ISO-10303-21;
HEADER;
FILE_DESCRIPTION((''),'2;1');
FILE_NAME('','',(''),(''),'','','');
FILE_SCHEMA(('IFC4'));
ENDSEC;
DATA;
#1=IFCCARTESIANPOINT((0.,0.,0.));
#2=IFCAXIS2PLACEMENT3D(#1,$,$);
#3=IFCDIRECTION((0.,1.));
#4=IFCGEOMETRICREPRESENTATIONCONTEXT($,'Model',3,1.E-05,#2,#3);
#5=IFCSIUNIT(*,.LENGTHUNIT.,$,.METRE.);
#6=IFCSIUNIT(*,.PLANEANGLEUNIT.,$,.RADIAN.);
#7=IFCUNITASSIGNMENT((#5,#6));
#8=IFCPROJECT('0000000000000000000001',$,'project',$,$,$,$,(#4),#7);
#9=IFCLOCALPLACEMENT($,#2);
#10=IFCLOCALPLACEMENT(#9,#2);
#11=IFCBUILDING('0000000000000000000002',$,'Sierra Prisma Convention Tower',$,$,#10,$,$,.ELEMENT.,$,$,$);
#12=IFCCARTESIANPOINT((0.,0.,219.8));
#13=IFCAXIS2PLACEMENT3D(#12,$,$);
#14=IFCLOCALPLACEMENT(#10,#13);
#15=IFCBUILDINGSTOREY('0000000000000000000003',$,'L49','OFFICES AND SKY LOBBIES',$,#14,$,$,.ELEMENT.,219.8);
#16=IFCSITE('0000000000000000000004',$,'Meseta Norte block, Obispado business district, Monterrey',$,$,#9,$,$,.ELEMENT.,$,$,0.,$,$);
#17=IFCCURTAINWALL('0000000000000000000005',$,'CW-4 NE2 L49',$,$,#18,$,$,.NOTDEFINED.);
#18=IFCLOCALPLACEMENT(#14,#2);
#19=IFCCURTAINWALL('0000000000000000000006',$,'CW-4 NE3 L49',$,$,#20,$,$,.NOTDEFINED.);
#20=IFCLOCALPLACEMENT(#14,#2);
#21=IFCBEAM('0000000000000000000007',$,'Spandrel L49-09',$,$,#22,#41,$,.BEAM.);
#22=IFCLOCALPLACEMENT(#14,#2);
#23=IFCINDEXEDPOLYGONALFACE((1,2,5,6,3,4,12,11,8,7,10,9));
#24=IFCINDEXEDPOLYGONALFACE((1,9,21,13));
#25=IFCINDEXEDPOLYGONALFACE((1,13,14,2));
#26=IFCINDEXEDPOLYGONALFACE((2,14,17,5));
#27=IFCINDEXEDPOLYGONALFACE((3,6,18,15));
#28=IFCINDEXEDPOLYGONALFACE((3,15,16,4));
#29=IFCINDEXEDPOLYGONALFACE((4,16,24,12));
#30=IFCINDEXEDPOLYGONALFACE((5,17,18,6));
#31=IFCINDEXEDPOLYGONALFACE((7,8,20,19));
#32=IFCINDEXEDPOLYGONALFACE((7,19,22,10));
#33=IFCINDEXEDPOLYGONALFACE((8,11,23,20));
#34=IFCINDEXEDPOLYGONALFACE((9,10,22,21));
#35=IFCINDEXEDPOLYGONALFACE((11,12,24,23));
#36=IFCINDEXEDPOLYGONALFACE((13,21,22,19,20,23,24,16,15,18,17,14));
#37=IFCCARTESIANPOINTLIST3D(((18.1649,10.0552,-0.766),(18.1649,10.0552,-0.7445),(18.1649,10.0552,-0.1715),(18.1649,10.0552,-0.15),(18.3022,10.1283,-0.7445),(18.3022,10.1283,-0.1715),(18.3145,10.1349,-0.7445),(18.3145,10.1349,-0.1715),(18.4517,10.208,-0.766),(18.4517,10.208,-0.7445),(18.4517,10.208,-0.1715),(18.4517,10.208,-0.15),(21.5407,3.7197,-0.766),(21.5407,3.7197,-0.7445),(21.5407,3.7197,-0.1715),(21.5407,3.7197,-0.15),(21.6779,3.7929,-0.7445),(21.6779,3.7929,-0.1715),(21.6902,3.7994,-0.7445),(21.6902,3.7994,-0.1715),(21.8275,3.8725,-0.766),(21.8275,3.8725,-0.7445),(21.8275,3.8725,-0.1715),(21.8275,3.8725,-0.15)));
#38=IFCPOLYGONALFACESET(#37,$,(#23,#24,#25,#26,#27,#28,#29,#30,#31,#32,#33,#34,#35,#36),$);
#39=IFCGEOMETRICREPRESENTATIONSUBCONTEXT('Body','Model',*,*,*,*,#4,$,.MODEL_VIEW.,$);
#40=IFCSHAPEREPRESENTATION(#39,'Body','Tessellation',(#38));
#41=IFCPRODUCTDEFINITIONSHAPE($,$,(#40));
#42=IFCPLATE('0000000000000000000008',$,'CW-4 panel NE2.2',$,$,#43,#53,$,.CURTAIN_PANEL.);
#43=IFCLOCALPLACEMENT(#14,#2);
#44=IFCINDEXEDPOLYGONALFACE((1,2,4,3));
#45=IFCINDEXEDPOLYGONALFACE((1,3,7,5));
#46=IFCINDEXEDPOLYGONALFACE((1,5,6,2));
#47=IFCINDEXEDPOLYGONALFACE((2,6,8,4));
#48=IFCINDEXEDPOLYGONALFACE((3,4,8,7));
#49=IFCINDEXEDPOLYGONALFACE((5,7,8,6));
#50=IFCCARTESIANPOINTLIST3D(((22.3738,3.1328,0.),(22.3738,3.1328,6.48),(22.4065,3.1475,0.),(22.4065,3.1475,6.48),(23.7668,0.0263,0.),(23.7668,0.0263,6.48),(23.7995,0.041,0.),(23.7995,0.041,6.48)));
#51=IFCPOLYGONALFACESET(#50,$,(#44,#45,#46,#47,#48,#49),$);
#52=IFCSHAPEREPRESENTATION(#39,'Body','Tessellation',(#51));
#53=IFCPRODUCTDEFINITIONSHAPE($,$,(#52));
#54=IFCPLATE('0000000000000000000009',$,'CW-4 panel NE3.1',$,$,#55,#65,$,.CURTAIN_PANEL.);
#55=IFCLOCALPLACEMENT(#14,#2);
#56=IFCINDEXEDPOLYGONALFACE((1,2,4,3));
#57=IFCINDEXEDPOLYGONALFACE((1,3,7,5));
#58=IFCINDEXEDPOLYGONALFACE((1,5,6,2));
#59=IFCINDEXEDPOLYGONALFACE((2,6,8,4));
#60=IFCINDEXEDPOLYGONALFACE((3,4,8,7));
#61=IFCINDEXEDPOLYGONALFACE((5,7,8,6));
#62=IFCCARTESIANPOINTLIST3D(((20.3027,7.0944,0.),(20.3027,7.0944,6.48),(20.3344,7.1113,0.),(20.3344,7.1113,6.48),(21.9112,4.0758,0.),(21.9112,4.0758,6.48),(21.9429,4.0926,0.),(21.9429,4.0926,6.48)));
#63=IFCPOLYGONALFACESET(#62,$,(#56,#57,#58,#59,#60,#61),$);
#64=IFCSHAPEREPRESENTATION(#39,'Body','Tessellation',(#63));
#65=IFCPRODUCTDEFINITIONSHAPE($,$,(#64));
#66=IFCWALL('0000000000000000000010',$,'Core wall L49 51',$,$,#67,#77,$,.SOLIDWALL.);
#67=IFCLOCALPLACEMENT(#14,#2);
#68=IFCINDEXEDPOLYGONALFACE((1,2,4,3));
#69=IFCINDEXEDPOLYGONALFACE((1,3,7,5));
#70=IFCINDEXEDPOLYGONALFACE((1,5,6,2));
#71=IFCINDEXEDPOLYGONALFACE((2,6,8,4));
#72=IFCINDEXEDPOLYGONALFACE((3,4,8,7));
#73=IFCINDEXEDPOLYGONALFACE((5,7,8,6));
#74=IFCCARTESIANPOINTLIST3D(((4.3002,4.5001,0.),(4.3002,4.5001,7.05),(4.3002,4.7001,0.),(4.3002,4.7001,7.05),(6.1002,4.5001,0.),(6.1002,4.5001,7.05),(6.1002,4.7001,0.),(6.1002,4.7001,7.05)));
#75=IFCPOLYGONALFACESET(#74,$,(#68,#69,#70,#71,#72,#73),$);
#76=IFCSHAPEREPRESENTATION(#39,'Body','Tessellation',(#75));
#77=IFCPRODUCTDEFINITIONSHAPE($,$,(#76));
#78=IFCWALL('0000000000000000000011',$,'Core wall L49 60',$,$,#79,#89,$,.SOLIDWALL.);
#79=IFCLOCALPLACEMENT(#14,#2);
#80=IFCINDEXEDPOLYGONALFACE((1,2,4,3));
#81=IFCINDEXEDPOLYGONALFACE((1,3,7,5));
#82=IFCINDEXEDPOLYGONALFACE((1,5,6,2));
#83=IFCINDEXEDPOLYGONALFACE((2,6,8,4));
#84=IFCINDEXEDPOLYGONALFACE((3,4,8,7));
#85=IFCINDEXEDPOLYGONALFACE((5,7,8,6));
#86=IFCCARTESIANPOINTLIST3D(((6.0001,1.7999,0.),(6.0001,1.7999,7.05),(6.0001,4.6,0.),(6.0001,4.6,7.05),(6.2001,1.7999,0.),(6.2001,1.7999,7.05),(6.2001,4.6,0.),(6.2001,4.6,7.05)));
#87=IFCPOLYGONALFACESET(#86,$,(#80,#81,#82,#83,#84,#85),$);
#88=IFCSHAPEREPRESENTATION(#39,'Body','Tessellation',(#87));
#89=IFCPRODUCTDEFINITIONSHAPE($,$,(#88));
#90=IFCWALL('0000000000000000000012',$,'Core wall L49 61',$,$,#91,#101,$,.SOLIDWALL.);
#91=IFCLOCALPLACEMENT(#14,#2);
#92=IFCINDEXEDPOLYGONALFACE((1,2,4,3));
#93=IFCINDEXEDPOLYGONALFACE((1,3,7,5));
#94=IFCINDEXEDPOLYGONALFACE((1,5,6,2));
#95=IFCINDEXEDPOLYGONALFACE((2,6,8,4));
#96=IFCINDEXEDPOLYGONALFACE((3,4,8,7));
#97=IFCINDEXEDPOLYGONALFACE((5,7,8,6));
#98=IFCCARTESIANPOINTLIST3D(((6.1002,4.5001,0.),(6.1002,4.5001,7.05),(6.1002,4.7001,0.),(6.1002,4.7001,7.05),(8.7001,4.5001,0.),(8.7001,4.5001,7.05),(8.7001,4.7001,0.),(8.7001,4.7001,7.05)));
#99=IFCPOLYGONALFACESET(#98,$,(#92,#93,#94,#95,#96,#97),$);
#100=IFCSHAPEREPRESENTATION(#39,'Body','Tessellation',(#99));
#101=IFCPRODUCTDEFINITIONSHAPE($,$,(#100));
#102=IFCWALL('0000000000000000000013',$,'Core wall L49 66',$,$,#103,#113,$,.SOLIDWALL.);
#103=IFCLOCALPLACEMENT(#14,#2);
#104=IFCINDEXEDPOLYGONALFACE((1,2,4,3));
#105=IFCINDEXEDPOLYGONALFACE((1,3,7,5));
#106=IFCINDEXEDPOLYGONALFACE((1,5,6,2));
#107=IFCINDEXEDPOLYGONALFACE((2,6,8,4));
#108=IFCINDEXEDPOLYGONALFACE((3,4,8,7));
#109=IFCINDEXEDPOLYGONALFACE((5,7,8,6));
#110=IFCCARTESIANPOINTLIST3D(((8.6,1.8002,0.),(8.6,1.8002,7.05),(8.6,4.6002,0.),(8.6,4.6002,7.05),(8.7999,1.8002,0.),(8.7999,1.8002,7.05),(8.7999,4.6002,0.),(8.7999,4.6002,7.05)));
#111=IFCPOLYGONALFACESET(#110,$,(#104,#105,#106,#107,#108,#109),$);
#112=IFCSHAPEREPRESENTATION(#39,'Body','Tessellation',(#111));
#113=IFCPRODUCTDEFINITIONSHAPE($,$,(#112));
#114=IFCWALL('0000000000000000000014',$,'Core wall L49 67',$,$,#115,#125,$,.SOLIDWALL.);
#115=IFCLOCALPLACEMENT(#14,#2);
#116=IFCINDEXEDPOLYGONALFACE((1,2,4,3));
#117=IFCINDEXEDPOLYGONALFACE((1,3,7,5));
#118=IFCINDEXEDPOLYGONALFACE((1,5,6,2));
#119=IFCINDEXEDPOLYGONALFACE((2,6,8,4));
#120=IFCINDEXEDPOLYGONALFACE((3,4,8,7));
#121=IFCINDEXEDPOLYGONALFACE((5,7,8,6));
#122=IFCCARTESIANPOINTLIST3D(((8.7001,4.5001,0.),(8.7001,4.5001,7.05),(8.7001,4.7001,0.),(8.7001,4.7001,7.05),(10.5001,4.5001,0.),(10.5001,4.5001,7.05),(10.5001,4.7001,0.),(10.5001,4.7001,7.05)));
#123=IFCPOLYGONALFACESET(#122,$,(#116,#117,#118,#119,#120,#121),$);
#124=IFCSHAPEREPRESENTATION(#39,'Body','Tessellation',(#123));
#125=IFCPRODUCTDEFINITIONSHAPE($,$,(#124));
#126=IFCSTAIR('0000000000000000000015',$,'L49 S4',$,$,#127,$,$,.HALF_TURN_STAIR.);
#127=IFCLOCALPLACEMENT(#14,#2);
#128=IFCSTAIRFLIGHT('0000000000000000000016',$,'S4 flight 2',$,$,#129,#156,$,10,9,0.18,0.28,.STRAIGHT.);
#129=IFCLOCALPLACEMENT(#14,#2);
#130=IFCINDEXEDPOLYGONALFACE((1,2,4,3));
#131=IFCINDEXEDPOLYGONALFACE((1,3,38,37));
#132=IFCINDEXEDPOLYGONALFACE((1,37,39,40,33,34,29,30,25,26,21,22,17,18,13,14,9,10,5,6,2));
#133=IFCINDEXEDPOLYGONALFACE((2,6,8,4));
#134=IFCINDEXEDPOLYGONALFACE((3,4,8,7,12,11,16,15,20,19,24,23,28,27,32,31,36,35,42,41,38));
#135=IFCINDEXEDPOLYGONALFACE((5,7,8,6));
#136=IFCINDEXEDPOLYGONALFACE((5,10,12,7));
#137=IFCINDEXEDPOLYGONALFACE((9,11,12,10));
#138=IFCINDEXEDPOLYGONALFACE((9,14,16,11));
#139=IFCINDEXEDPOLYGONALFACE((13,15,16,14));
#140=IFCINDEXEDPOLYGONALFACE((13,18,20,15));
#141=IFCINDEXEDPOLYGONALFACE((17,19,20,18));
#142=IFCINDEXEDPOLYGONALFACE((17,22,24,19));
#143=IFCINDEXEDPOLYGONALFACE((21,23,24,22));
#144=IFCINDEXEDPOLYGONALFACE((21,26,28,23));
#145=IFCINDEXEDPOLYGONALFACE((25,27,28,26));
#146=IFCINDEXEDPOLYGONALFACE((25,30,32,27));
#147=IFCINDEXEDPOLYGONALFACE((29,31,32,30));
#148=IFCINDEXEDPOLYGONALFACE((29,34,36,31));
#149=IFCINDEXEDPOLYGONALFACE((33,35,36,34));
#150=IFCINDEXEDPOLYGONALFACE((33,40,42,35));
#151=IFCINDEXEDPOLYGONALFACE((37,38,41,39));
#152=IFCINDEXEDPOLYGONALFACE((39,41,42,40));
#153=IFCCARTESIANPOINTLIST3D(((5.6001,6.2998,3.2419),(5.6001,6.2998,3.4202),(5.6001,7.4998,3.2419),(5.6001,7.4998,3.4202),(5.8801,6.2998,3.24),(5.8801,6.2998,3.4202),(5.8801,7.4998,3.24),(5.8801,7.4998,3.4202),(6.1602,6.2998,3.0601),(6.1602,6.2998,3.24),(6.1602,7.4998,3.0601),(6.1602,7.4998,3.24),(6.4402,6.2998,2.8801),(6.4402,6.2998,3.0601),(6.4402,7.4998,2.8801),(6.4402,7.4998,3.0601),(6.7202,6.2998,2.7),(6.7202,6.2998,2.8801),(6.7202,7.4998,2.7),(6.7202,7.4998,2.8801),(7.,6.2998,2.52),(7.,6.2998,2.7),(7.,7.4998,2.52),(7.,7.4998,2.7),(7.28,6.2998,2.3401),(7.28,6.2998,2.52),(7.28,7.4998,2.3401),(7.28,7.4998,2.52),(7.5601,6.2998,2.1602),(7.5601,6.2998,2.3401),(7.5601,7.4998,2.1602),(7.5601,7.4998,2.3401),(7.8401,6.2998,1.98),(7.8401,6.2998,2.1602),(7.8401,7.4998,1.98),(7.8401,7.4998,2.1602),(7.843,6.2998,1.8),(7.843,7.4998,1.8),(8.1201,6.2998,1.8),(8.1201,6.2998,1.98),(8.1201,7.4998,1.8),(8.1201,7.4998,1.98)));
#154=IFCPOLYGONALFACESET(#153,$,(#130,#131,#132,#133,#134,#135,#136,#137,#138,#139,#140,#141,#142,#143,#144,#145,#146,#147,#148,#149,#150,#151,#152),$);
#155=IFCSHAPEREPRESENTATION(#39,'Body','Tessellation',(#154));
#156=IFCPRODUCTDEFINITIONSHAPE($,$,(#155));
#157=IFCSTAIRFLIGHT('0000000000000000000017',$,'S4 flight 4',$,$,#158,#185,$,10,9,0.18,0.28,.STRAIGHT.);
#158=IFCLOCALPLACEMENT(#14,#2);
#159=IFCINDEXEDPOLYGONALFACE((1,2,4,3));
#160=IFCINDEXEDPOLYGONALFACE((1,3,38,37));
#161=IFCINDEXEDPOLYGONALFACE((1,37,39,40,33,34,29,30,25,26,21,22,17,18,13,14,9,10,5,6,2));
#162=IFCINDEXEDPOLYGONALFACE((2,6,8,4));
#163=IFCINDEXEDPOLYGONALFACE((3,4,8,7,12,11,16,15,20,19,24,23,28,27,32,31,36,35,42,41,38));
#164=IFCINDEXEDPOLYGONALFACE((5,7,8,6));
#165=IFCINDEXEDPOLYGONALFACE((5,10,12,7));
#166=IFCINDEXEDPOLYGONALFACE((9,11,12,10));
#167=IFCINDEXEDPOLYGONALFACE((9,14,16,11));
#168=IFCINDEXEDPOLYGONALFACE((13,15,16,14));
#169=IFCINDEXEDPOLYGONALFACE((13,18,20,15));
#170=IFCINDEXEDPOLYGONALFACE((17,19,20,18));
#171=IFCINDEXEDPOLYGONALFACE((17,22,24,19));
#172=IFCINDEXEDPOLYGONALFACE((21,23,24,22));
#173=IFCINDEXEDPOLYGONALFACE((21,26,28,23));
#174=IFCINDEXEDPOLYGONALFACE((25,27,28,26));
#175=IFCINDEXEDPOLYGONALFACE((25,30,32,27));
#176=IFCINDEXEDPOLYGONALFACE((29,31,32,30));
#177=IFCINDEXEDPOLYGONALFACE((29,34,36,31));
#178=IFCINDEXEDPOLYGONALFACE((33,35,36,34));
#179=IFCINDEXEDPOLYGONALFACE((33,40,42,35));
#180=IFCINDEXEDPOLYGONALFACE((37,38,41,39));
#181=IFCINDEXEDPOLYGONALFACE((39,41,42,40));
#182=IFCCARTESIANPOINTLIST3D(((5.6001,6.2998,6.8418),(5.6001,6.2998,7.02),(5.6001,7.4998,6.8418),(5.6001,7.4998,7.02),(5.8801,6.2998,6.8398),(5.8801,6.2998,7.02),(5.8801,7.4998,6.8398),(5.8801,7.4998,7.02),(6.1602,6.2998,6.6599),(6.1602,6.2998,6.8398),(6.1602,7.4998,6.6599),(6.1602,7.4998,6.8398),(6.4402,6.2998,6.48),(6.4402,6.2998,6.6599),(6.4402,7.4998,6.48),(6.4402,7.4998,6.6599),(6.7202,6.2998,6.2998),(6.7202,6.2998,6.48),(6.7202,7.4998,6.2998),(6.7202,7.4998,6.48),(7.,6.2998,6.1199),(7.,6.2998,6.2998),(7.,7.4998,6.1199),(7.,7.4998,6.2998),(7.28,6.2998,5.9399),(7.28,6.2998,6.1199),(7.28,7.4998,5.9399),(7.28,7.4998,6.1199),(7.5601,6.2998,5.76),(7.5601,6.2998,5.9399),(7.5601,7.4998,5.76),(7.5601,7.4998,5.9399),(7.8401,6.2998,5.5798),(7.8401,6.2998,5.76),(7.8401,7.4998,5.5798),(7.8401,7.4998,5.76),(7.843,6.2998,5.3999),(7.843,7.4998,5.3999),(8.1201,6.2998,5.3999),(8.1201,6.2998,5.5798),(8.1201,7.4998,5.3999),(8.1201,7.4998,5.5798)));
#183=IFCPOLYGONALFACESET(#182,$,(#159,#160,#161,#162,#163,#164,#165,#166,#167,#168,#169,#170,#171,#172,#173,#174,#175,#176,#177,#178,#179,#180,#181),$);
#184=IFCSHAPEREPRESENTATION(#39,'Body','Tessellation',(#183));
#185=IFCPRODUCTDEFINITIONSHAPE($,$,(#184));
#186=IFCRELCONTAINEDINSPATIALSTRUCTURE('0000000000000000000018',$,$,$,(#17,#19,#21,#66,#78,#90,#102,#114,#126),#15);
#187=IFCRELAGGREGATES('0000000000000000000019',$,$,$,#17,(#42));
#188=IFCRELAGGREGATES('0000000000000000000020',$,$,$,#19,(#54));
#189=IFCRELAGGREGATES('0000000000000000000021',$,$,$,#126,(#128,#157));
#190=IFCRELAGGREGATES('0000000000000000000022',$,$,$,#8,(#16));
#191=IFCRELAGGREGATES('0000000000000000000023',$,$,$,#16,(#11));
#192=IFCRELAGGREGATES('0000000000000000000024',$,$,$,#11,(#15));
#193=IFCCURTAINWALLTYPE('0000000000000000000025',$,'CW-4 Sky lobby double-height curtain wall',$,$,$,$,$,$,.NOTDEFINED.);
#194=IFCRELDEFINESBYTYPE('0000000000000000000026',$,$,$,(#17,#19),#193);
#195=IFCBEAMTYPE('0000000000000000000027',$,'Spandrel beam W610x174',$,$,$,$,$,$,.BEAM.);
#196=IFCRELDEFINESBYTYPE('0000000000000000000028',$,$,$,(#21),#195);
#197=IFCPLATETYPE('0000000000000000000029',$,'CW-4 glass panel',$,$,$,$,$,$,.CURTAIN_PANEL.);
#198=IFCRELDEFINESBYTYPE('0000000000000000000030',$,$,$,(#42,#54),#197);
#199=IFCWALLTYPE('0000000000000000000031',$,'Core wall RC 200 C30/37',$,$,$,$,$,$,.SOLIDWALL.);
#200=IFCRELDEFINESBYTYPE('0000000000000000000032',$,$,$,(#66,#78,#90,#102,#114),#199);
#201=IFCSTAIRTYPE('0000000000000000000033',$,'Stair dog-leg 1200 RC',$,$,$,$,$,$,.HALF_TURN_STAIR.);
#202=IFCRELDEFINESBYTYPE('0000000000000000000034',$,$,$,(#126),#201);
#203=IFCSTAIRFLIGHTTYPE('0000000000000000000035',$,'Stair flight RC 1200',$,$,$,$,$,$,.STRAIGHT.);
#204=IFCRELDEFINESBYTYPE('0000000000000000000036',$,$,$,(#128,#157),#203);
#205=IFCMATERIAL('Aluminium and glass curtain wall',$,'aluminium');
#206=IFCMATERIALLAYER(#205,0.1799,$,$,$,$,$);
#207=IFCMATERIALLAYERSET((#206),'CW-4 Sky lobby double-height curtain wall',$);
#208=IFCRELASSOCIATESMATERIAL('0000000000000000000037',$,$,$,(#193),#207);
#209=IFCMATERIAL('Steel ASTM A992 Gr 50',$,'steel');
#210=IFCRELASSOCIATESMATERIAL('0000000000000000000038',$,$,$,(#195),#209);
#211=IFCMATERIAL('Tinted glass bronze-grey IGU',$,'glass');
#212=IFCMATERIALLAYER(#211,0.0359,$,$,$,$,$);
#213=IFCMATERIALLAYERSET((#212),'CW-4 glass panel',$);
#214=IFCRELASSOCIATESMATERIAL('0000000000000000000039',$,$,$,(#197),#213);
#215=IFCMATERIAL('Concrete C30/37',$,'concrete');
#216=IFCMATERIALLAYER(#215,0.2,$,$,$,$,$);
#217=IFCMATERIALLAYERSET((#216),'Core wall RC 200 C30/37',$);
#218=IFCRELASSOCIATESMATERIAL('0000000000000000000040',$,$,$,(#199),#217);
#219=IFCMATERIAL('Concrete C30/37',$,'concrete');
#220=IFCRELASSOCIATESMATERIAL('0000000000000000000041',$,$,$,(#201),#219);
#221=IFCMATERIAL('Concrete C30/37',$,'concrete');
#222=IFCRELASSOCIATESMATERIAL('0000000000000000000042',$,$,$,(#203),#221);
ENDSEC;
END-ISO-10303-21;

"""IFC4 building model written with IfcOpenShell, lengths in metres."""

from ifc_helpers import new_model, si_unit, direction, frame, frame_2d, origin, origin_2d, place, context, subcontext, project, spatial, polyline, rectangle, i_section, outline, extrude, material, layer, layer_set, material_profile, profile_set, type_object, element, aggregate, save


model = new_model("IFC4")

# Units and contexts
model_context = context("Model", 3, precision=1e-05, world=origin(), true_north=direction((0.0, 1.0)))
body_context = subcontext(model_context, "Body", "Model", "MODEL_VIEW")
ifc_project = project(units=[si_unit("LENGTHUNIT", "METRE"), si_unit("PLANEANGLEUNIT", "RADIAN")], contexts=[model_context])

# Site, building, storey
site_placement = place(None, origin())
site = spatial("IfcSite", under=ifc_project, at=site_placement, Name="Meseta Norte block, Obispado business district, Monterrey", CompositionType="ELEMENT", RefElevation=0.0)
building_placement = place(site_placement, origin())
building = spatial("IfcBuilding", under=site, at=building_placement, Name="Sierra Prisma Convention Tower", CompositionType="ELEMENT")
storey_placement = place(building_placement, frame((0.0, 0.0, 219.8)))
storey = spatial("IfcBuildingStorey", under=building, at=storey_placement, Name="L49", Description="OFFICES AND SKY LOBBIES", CompositionType="ELEMENT", Elevation=219.8)

# Curtain wall
ifc_material_1 = material(Name="Aluminium and glass curtain wall", Category="aluminium")
ifc_layer_1 = layer(ifc_material_1, 0.1799)
ifc_layer_set_1 = layer_set([ifc_layer_1], Name="CW-4 Sky lobby double-height curtain wall")
curtain_wall_type = type_object("IfcCurtainWallType", Name="CW-4 Sky lobby double-height curtain wall", PredefinedType="NOTDEFINED", material=ifc_layer_set_1)
curtain_wall_1_placement = place(storey_placement, origin())
curtain_wall_1 = element("IfcCurtainWall", 1, at=curtain_wall_1_placement, inside=storey, type_object=curtain_wall_type, Name="CW-4 NE2 L49", PredefinedType="NOTDEFINED")

# Curtain wall
curtain_wall_2_placement = place(storey_placement, origin())
curtain_wall_2 = element("IfcCurtainWall", 2, at=curtain_wall_2_placement, inside=storey, type_object=curtain_wall_type, Name="CW-4 NE3 L49", PredefinedType="NOTDEFINED")

# Beam
ifc_material_2 = material(Name="Steel ASTM A992 Gr 50", Category="steel")
ifc_material_profile_1 = material_profile(ifc_material_2, i_section(OverallWidth=0.325, OverallDepth=0.616, WebThickness=0.0139, FlangeThickness=0.0215, at=origin_2d()), Name="W610x174")
ifc_profile_set_1 = profile_set([ifc_material_profile_1], Name="Steel ASTM A992 Gr 50")
beam_type_1 = type_object("IfcBeamType", Name="Spandrel beam W610x174", PredefinedType="BEAM", material=ifc_profile_set_1)
beam_1_placement = place(storey_placement, frame((21.6841, 3.7961, -0.458), z_axis=(-0.470244, 0.882536, 0.0), x_axis=(-0.882536, -0.470244, 0.0)))
element("IfcBeam", 3, at=beam_1_placement, inside=storey, type_object=beam_type_1, Name="Spandrel L49-09", PredefinedType="BEAM", context=body_context, shape_type="SweptSolid", body=[
    extrude(i_section(OverallWidth=0.325, OverallDepth=0.616, WebThickness=0.0139, FlangeThickness=0.0215, at=origin_2d()), origin(), (0.0, 0.0, 1.0), 7.1787),
])

# Plates
ifc_material_3 = material(Name="Tinted glass bronze-grey IGU", Category="glass")
ifc_layer_2 = layer(ifc_material_3, 0.0359)
ifc_layer_set_2 = layer_set([ifc_layer_2], Name="CW-4 glass panel")
plate_type = type_object("IfcPlateType", Name="CW-4 glass panel", PredefinedType="CURTAIN_PANEL", material=ifc_layer_set_2)
plate_1_placement = place(storey_placement, frame((23.0867, 1.5869, 0.0), z_axis=(0.0, 0.0, 1.0), x_axis=(-0.409156, 0.912465, 0.0)))
plate_1 = element("IfcPlate", 4, at=plate_1_placement, type_object=plate_type, Name="CW-4 panel NE2.2", PredefinedType="CURTAIN_PANEL", context=body_context, shape_type="SweptSolid", body=[
    extrude(rectangle(XDim=3.4045, YDim=0.0359, at=origin_2d()), origin(), (0.0, 0.0, 1.0), 6.48),
])
aggregate(curtain_wall_1, [plate_1])
plate_2_placement = place(storey_placement, frame((21.1228, 5.5935, 0.0), z_axis=(0.0, 0.0, 1.0), x_axis=(-0.470251, 0.882533, 0.0)))
plate_2 = element("IfcPlate", 5, at=plate_2_placement, type_object=plate_type, Name="CW-4 panel NE3.1", PredefinedType="CURTAIN_PANEL", context=body_context, shape_type="SweptSolid", body=[
    extrude(rectangle(XDim=3.4204, YDim=0.0359, at=origin_2d()), origin(), (0.0, 0.0, 1.0), 6.48),
])
aggregate(curtain_wall_2, [plate_2])

# Wall
ifc_material_4 = material(Name="Concrete C30/37", Category="concrete")
ifc_layer_3 = layer(ifc_material_4, 0.2)
ifc_layer_set_3 = layer_set([ifc_layer_3], Name="Core wall RC 200 C30/37")
wall_type = type_object("IfcWallType", Name="Core wall RC 200 C30/37", PredefinedType="SOLIDWALL", material=ifc_layer_set_3)
wall_1_placement = place(storey_placement, frame((6.1001, 4.6001, 0.0), z_axis=(0.0, 0.0, 1.0), x_axis=(-1.0, 0.0, 0.0)))
element("IfcWall", 6, at=wall_1_placement, inside=storey, type_object=wall_type, Name="Core wall L49 51", PredefinedType="SOLIDWALL", context=body_context, shape_type="SweptSolid", body=[
    extrude(rectangle(XDim=1.8, YDim=0.2, at=frame_2d((0.8999, 0.0))), origin(), (0.0, 0.0, 1.0), 7.05),
])

# Walls
wall_2_placement = place(storey_placement, frame((6.1001, 1.8, 0.0), z_axis=(0.0, 0.0, 1.0), x_axis=(0.0, 1.0, 0.0)))
element("IfcWall", 7, at=wall_2_placement, inside=storey, type_object=wall_type, Name="Core wall L49 60", PredefinedType="SOLIDWALL", context=body_context, shape_type="SweptSolid", body=[
    extrude(rectangle(XDim=2.8, YDim=0.2, at=frame_2d((1.3999, 0.0))), origin(), (0.0, 0.0, 1.0), 7.05),
])
wall_3_placement = place(storey_placement, frame((8.7, 4.6001, 0.0), z_axis=(0.0, 0.0, 1.0), x_axis=(-1.0, 0.0, 0.0)))
element("IfcWall", 8, at=wall_3_placement, inside=storey, type_object=wall_type, Name="Core wall L49 61", PredefinedType="SOLIDWALL", context=body_context, shape_type="SweptSolid", body=[
    extrude(rectangle(XDim=2.5999, YDim=0.2, at=frame_2d((1.2998, 0.0))), origin(), (0.0, 0.0, 1.0), 7.05),
])

# Walls
wall_4_placement = place(storey_placement, frame((8.7, 4.6001, 0.0), z_axis=(0.0, 0.0, 1.0), x_axis=(0.0, -1.0, 0.0)))
element("IfcWall", 9, at=wall_4_placement, inside=storey, type_object=wall_type, Name="Core wall L49 66", PredefinedType="SOLIDWALL", context=body_context, shape_type="SweptSolid", body=[
    extrude(rectangle(XDim=2.8, YDim=0.2, at=frame_2d((1.3999, 0.0))), origin(), (0.0, 0.0, 1.0), 7.05),
])
wall_5_placement = place(storey_placement, frame((10.5, 4.6001, 0.0), z_axis=(0.0, 0.0, 1.0), x_axis=(-1.0, 0.0, 0.0)))
element("IfcWall", 10, at=wall_5_placement, inside=storey, type_object=wall_type, Name="Core wall L49 67", PredefinedType="SOLIDWALL", context=body_context, shape_type="SweptSolid", body=[
    extrude(rectangle(XDim=1.8, YDim=0.2, at=frame_2d((0.8999, 0.0))), origin(), (0.0, 0.0, 1.0), 7.05),
])

# Stair, stair flights
ifc_material_5 = material(Name="Concrete C30/37", Category="concrete")
stair_type = type_object("IfcStairType", Name="Stair dog-leg 1200 RC", PredefinedType="HALF_TURN_STAIR", material=ifc_material_5)
stair_placement = place(storey_placement, origin())
stair = element("IfcStair", 11, at=stair_placement, inside=storey, type_object=stair_type, Name="L49 S4", PredefinedType="HALF_TURN_STAIR")
ifc_material_6 = material(Name="Concrete C30/37", Category="concrete")
stair_flight_type = type_object("IfcStairFlightType", Name="Stair flight RC 1200", PredefinedType="STRAIGHT", material=ifc_material_6)
stair_flight_1_placement = place(storey_placement, frame((8.1201, 6.8999, 1.8), z_axis=(0.0, 0.0, 1.0), x_axis=(-1.0, 0.0, 0.0)))
stair_flight_1 = element("IfcStairFlight", 12, at=stair_flight_1_placement, type_object=stair_flight_type, Name="S4 flight 2", NumberOfRisers=10, NumberOfTreads=9, PredefinedType="STRAIGHT", RiserHeight=0.18, TreadLength=0.28, context=body_context, shape_type="SweptSolid", body=[
    extrude(outline(polyline([(0.0, 0.0), (0.0, 0.1799), (0.28, 0.1799), (0.28, 0.3601), (0.5601, 0.3601), (0.5601, 0.54), (0.8401, 0.54), (0.8401, 0.72), (1.1201, 0.72), (1.1201, 0.8999), (1.3999, 0.8999), (1.3999, 1.0801), (1.6799, 1.0801), (1.6799, 1.26), (1.96, 1.26), (1.96, 1.4399), (2.24, 1.4399), (2.24, 1.6201), (2.52, 1.6201), (2.52, 1.8), (2.52, 1.4419), (0.2771, 0.0), (0.0, 0.0)])), frame((0.0, 0.6001, 0.0), z_axis=(0.0, -1.0, 0.0), x_axis=(1.0, 0.0, 0.0)), (0.0, 0.0, 1.0), 1.2),
])
stair_flight_2_placement = place(storey_placement, frame((8.1201, 6.8999, 5.3999), z_axis=(0.0, 0.0, 1.0), x_axis=(-1.0, 0.0, 0.0)))
stair_flight_2 = element("IfcStairFlight", 13, at=stair_flight_2_placement, type_object=stair_flight_type, Name="S4 flight 4", NumberOfRisers=10, NumberOfTreads=9, PredefinedType="STRAIGHT", RiserHeight=0.18, TreadLength=0.28, context=body_context, shape_type="SweptSolid", body=[
    extrude(outline(polyline([(0.0, 0.0), (0.0, 0.1799), (0.28, 0.1799), (0.28, 0.3601), (0.5601, 0.3601), (0.5601, 0.54), (0.8401, 0.54), (0.8401, 0.72), (1.1201, 0.72), (1.1201, 0.8999), (1.3999, 0.8999), (1.3999, 1.0801), (1.6799, 1.0801), (1.6799, 1.26), (1.96, 1.26), (1.96, 1.4399), (2.24, 1.4399), (2.24, 1.6201), (2.52, 1.6201), (2.52, 1.8), (2.52, 1.4419), (0.2771, 0.0), (0.0, 0.0)])), frame((0.0, 0.6001, 0.0), z_axis=(0.0, -1.0, 0.0), x_axis=(1.0, 0.0, 0.0)), (0.0, 0.0, 1.0), 1.2),
])
aggregate(stair, [stair_flight_1, stair_flight_2])

save(model, "model.ifc")
